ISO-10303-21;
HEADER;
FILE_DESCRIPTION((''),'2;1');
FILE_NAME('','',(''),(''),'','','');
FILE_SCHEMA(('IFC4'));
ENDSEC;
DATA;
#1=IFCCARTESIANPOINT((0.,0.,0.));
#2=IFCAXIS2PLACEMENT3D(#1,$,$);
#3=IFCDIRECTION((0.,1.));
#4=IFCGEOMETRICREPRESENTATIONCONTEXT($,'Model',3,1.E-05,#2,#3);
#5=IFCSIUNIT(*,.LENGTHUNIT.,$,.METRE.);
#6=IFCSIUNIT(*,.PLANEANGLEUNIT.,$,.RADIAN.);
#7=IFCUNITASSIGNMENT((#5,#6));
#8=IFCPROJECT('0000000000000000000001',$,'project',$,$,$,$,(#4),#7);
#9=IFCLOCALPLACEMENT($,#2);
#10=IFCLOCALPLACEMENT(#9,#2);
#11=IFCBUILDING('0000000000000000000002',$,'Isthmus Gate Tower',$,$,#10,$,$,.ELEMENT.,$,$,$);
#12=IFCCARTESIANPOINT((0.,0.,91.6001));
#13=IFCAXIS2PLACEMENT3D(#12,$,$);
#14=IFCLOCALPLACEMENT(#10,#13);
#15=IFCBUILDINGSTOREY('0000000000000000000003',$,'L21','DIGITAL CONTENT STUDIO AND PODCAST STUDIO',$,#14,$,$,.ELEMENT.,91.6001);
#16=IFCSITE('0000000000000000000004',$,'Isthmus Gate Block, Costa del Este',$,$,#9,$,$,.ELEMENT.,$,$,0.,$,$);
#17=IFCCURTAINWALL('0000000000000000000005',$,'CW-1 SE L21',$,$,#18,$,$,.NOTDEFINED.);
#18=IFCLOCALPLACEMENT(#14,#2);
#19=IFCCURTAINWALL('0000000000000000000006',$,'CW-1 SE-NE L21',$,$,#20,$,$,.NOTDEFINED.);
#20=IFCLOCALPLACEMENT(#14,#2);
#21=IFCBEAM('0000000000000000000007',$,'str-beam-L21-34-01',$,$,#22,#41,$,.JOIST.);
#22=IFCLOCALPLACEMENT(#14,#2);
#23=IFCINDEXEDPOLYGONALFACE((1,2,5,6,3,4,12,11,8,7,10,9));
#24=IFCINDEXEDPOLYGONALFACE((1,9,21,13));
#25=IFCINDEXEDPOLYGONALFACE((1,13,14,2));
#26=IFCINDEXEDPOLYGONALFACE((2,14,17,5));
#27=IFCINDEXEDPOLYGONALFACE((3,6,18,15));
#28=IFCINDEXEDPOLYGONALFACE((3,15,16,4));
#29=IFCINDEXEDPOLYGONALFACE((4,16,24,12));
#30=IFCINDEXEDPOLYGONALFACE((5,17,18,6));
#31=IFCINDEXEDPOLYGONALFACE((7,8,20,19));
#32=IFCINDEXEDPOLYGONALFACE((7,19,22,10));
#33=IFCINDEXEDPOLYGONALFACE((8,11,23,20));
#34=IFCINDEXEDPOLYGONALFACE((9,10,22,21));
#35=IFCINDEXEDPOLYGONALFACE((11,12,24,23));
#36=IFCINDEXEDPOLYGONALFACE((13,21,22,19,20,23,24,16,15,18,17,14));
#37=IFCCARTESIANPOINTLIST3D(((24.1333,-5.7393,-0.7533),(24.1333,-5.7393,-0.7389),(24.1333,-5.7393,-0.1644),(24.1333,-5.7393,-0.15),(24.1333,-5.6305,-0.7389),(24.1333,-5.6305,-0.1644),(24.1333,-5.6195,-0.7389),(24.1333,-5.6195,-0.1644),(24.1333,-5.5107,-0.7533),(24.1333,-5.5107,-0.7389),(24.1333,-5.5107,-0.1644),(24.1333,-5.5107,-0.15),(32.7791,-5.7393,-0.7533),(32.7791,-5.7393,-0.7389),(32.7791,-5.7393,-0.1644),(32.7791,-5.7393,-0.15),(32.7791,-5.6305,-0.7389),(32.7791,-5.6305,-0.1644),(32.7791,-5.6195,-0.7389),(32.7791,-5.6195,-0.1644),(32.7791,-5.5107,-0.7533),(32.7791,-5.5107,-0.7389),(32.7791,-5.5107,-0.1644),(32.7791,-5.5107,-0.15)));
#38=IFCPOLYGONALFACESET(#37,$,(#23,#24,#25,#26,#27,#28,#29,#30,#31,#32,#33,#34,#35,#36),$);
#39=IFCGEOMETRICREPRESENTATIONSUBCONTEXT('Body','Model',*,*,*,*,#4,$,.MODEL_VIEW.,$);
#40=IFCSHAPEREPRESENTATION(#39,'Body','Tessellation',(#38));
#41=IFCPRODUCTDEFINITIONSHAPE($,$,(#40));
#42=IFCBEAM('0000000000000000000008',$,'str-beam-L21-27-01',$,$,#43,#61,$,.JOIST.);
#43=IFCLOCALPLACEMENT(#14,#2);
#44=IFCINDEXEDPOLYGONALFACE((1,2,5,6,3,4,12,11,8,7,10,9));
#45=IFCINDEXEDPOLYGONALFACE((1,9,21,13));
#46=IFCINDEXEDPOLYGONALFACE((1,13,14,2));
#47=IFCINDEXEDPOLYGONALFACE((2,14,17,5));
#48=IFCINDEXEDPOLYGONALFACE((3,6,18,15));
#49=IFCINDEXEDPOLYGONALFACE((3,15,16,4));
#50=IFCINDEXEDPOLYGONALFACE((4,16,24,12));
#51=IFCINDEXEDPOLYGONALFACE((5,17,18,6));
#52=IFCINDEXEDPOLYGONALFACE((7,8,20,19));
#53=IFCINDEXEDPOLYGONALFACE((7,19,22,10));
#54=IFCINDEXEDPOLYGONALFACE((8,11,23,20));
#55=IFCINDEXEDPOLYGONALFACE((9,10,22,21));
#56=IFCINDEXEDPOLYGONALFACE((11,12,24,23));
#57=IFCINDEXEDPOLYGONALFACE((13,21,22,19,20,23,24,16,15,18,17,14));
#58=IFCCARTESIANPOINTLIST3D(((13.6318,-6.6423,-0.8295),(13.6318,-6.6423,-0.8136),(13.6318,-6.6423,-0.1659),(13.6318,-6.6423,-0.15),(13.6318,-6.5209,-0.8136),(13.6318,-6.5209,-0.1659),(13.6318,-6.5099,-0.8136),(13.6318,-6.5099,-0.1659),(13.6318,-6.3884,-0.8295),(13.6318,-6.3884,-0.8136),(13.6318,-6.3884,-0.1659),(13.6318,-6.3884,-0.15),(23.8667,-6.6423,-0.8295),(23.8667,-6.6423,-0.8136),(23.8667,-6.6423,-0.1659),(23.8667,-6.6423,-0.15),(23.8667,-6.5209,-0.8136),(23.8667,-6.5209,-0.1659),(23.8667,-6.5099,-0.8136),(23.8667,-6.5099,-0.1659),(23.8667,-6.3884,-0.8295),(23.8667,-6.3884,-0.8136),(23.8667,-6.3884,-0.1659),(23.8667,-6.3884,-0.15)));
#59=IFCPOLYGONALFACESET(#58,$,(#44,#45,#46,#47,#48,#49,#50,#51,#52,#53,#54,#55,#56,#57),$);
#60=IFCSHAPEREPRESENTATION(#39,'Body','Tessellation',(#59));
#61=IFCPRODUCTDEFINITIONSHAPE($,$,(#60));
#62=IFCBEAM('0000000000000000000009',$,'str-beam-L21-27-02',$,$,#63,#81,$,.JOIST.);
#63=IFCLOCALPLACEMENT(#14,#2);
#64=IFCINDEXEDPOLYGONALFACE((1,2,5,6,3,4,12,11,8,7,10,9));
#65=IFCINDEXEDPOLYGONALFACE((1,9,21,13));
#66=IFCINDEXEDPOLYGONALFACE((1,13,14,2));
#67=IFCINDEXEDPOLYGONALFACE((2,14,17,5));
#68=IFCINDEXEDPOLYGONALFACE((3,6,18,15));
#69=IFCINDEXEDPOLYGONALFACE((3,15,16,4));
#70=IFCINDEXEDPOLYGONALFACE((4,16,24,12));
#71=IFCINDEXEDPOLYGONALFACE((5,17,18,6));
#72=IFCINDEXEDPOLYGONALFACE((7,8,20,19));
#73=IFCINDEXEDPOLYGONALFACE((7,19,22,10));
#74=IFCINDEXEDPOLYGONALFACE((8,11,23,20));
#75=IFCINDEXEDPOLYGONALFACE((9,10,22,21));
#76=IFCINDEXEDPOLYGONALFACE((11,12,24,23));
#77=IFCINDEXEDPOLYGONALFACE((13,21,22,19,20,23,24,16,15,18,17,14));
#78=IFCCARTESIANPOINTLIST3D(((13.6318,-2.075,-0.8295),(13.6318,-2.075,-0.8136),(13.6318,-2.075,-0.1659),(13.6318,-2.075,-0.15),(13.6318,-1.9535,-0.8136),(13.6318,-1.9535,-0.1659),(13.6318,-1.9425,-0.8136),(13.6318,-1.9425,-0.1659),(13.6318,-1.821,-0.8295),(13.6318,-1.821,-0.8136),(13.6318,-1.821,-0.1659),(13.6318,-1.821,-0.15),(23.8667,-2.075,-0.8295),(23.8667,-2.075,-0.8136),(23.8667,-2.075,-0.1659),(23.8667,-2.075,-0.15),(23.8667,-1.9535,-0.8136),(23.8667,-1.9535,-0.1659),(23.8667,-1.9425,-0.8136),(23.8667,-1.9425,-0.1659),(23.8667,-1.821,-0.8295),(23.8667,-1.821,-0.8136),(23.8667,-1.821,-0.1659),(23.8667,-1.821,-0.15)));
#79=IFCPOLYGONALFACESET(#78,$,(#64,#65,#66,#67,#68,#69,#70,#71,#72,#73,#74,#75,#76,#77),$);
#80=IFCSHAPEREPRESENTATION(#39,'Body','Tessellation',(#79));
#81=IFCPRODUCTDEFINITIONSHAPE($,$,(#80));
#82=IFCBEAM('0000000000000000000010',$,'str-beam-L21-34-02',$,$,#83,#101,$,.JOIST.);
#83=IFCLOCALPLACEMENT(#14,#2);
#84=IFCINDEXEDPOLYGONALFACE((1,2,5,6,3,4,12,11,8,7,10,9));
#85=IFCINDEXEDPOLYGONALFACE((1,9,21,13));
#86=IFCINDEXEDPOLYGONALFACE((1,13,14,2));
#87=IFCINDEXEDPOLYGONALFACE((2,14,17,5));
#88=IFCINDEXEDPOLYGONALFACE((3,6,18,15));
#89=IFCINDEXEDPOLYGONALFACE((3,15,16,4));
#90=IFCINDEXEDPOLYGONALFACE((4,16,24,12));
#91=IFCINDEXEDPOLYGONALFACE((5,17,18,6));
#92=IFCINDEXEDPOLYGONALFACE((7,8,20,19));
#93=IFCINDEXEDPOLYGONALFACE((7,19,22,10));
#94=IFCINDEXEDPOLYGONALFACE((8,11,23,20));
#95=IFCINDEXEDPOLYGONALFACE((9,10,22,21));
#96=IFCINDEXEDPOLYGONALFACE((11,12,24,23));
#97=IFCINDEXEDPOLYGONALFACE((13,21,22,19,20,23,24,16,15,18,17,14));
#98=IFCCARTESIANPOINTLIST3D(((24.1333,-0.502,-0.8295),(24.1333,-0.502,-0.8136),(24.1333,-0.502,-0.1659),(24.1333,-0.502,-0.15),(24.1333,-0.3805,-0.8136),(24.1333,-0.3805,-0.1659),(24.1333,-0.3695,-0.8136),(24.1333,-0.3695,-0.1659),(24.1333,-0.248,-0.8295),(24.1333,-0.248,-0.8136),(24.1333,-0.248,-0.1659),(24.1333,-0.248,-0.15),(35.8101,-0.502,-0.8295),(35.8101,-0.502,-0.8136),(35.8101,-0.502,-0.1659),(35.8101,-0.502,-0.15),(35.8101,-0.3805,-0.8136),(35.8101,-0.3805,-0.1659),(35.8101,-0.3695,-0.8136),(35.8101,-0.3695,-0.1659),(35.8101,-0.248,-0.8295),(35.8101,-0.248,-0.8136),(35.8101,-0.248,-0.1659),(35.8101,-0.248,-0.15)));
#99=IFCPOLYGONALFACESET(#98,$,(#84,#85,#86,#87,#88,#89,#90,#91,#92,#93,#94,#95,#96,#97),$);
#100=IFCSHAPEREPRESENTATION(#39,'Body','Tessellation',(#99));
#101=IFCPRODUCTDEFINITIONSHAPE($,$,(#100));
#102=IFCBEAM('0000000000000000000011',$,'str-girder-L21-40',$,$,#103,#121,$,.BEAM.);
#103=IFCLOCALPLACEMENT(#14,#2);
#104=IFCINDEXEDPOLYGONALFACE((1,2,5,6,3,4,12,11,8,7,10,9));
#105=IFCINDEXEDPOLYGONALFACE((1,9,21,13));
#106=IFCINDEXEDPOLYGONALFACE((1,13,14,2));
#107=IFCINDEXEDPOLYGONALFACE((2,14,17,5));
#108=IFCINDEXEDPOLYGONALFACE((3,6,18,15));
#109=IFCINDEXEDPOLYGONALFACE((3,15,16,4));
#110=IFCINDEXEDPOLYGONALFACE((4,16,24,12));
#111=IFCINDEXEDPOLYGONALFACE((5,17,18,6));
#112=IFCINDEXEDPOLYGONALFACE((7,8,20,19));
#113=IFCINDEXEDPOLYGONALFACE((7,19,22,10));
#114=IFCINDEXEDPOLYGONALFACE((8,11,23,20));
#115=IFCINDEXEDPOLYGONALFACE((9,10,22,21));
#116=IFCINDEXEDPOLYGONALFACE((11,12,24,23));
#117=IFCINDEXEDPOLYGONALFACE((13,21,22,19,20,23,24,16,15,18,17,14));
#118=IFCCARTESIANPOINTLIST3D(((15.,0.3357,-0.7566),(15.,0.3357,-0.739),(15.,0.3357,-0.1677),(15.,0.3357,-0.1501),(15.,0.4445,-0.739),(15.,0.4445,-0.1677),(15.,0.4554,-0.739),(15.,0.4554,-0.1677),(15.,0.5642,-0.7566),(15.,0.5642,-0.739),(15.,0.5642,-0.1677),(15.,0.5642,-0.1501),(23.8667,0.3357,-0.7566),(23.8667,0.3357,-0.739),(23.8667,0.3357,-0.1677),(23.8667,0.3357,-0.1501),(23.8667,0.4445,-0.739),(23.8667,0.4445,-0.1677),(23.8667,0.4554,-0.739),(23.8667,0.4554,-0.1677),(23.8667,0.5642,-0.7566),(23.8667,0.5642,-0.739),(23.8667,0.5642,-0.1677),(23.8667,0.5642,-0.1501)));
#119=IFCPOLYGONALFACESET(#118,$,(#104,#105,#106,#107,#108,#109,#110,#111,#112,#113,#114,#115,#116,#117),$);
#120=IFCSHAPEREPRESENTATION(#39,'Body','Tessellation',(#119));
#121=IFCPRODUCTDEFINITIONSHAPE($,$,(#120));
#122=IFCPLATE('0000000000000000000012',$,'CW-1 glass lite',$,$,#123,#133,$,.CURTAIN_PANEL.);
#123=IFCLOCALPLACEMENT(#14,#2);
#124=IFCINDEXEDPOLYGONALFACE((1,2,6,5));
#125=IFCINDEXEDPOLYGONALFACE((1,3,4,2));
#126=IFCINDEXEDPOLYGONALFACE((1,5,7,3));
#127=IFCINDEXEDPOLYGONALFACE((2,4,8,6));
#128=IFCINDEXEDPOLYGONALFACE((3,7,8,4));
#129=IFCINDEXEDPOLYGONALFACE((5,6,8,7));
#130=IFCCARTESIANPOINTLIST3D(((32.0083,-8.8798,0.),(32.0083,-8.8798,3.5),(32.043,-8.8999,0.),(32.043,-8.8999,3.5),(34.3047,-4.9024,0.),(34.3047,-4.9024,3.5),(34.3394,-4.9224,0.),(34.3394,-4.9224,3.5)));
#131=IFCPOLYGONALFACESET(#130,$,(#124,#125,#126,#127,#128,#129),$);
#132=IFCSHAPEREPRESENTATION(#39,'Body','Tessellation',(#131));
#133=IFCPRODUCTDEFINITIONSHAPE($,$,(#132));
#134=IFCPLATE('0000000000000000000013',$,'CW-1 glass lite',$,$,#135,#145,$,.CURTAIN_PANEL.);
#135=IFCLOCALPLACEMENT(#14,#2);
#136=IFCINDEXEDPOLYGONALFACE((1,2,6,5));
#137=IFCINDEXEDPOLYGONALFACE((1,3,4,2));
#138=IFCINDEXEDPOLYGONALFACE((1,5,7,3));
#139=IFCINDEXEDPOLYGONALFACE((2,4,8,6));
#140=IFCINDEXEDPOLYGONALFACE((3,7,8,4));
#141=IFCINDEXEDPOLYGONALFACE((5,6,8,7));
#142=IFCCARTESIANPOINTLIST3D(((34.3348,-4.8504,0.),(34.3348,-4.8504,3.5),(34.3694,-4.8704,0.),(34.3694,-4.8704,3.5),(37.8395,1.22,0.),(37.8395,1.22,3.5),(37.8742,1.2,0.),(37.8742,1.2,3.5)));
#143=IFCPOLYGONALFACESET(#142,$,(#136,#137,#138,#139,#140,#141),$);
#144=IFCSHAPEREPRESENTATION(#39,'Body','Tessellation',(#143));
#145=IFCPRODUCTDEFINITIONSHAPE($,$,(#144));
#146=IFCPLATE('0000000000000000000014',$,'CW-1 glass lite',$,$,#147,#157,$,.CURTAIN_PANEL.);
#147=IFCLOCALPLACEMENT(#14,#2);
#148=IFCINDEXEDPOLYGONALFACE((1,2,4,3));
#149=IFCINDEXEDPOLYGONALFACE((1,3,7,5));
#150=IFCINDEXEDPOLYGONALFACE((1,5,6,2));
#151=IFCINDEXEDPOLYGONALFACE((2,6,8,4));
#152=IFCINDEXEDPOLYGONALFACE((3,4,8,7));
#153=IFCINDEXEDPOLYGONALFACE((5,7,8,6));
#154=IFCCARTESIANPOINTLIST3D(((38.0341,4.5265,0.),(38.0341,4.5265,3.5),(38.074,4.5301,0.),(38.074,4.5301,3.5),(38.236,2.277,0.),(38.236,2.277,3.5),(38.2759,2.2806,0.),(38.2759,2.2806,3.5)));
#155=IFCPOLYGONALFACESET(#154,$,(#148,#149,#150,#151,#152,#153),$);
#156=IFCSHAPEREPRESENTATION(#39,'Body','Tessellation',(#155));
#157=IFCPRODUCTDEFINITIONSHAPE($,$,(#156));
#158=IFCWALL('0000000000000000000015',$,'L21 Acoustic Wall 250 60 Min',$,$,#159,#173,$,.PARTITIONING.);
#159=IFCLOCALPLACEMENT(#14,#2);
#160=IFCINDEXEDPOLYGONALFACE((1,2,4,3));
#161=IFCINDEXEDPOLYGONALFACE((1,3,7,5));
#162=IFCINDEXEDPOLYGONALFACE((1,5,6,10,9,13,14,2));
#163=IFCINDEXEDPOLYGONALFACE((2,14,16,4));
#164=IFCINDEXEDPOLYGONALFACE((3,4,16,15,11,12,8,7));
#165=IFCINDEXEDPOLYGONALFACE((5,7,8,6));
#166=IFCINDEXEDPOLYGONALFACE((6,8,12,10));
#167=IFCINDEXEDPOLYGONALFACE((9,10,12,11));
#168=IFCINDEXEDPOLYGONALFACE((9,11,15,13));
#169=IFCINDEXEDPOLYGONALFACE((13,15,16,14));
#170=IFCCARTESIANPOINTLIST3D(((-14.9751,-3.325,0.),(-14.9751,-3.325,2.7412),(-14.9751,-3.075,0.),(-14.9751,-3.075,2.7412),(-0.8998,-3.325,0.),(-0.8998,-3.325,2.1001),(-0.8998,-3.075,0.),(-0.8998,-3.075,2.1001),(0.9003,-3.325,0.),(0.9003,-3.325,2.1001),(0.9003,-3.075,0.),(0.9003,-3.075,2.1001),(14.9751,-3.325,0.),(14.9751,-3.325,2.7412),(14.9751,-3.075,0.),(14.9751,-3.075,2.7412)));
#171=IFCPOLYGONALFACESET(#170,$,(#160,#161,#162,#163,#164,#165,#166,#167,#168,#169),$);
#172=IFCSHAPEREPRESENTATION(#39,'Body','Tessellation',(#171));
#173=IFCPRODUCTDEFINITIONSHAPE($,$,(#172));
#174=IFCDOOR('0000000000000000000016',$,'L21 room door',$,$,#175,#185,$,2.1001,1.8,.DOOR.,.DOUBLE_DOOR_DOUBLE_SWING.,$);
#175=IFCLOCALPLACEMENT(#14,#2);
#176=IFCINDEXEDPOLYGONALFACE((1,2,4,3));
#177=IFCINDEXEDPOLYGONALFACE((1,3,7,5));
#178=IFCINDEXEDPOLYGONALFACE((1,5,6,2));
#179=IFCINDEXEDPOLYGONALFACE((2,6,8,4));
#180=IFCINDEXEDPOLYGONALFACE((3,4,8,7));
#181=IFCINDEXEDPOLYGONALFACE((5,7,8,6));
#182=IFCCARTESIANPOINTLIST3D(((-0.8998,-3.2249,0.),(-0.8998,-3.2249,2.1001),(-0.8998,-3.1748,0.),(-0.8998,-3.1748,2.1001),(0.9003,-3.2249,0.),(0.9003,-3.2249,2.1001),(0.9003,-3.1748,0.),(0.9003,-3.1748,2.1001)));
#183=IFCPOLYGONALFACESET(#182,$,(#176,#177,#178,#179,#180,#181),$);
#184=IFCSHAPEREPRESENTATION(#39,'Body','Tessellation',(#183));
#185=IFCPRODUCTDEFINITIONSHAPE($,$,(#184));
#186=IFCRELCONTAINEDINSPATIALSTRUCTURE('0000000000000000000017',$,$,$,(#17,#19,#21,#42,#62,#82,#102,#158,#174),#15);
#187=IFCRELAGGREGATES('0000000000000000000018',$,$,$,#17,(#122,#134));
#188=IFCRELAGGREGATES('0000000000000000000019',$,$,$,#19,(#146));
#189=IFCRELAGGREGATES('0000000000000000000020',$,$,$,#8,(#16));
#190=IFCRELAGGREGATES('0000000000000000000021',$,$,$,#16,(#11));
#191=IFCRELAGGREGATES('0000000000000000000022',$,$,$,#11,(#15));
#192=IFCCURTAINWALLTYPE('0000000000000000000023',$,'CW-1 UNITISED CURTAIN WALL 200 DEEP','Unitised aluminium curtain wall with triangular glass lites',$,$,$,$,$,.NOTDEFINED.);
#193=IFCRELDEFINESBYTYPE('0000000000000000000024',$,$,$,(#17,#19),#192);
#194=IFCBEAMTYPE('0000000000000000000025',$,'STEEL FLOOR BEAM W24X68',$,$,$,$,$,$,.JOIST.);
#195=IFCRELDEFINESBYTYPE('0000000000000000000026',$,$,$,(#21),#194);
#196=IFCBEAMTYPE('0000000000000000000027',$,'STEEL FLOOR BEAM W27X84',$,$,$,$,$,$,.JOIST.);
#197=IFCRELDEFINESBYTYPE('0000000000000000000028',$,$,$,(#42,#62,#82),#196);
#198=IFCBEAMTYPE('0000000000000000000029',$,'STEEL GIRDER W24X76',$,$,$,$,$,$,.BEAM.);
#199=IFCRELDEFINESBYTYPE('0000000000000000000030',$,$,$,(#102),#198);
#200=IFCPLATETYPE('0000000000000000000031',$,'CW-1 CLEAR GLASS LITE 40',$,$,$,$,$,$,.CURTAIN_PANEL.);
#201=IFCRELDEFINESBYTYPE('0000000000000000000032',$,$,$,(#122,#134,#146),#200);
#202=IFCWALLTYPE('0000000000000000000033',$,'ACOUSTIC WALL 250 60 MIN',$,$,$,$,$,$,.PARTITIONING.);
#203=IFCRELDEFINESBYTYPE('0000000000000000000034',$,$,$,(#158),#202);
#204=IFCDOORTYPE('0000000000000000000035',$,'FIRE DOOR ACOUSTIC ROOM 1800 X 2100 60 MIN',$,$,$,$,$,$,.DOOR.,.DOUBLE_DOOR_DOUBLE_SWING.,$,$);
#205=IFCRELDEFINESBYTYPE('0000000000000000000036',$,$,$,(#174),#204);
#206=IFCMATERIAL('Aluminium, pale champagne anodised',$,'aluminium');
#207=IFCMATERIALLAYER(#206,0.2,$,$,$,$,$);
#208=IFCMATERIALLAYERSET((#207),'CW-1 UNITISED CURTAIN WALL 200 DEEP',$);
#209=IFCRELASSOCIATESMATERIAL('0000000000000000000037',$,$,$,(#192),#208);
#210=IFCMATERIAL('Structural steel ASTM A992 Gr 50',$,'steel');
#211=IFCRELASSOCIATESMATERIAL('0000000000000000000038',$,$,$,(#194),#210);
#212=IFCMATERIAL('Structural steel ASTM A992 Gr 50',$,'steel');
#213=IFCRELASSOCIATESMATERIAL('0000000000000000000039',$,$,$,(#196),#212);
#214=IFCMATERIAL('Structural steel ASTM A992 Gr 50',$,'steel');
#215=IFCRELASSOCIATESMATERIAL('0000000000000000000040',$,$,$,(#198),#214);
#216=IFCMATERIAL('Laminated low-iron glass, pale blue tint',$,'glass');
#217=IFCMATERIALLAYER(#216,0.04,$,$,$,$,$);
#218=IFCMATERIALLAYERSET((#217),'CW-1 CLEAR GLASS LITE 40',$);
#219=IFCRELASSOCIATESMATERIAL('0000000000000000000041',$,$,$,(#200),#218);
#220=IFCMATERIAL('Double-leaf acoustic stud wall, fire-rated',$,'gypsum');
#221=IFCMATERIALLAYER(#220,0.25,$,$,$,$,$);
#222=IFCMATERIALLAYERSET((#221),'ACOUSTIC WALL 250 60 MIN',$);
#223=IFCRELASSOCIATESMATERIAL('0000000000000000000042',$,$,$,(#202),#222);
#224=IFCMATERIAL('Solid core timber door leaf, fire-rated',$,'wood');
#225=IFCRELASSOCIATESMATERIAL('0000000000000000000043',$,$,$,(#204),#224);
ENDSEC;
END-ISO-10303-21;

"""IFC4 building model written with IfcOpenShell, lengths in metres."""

from ifc_helpers import new_model, si_unit, direction, frame, frame_2d, origin, origin_2d, place, context, subcontext, project, spatial, rectangle, i_section, extrude, material, layer, layer_set, material_profile, profile_set, type_object, element, fill, aggregate, save


model = new_model("IFC4")

# Units and contexts
model_context = context("Model", 3, precision=1e-05, world=origin(), true_north=direction((0.0, 1.0)))
body_context = subcontext(model_context, "Body", "Model", "MODEL_VIEW")
ifc_project = project(units=[si_unit("LENGTHUNIT", "METRE"), si_unit("PLANEANGLEUNIT", "RADIAN")], contexts=[model_context])

# Site, building, storey
site_placement = place(None, origin())
site = spatial("IfcSite", under=ifc_project, at=site_placement, Name="Isthmus Gate Block, Costa del Este", CompositionType="ELEMENT", RefElevation=0.0)
building_placement = place(site_placement, origin())
building = spatial("IfcBuilding", under=site, at=building_placement, Name="Isthmus Gate Tower", CompositionType="ELEMENT")
storey_placement = place(building_placement, frame((0.0, 0.0, 91.6001)))
storey = spatial("IfcBuildingStorey", under=building, at=storey_placement, Name="L21", Description="DIGITAL CONTENT STUDIO AND PODCAST STUDIO", CompositionType="ELEMENT", Elevation=91.6001)

# Curtain walls
ifc_material_1 = material(Name="Aluminium, pale champagne anodised", Category="aluminium")
ifc_layer_1 = layer(ifc_material_1, 0.2)
ifc_layer_set_1 = layer_set([ifc_layer_1], Name="CW-1 UNITISED CURTAIN WALL 200 DEEP")
curtain_wall_type = type_object("IfcCurtainWallType", Name="CW-1 UNITISED CURTAIN WALL 200 DEEP", Description="Unitised aluminium curtain wall with triangular glass lites", PredefinedType="NOTDEFINED", material=ifc_layer_set_1)
curtain_wall_1_placement = place(storey_placement, origin())
curtain_wall_1 = element("IfcCurtainWall", 1, at=curtain_wall_1_placement, inside=storey, type_object=curtain_wall_type, Name="CW-1 SE L21", PredefinedType="NOTDEFINED")
curtain_wall_2_placement = place(storey_placement, origin())
curtain_wall_2 = element("IfcCurtainWall", 2, at=curtain_wall_2_placement, inside=storey, type_object=curtain_wall_type, Name="CW-1 SE-NE L21", PredefinedType="NOTDEFINED")

# Beams
ifc_material_2 = material(Name="Structural steel ASTM A992 Gr 50", Category="steel")
ifc_material_profile_1 = material_profile(ifc_material_2, i_section(OverallWidth=0.2285, OverallDepth=0.6033, WebThickness=0.011, FlangeThickness=0.0144, at=origin_2d()), Name="W24X68")
ifc_profile_set_1 = profile_set([ifc_material_profile_1], Name="Structural steel ASTM A992 Gr 50")
beam_type_1 = type_object("IfcBeamType", Name="STEEL FLOOR BEAM W24X68", PredefinedType="JOIST", material=ifc_profile_set_1)
beam_1_placement = place(storey_placement, frame((24.1333, -5.625, -0.4517), z_axis=(1.0, 0.0, 0.0), x_axis=(0.0, 1.0, 0.0)))
element("IfcBeam", 3, at=beam_1_placement, inside=storey, type_object=beam_type_1, Name="str-beam-L21-34-01", PredefinedType="JOIST", context=body_context, shape_type="SweptSolid", body=[
    extrude(i_section(OverallWidth=0.2285, OverallDepth=0.6033, WebThickness=0.011, FlangeThickness=0.0144, at=origin_2d()), origin(), (0.0, 0.0, 1.0), 8.6458),
])
ifc_material_3 = material(Name="Structural steel ASTM A992 Gr 50", Category="steel")
ifc_material_profile_2 = material_profile(ifc_material_3, i_section(OverallWidth=0.2539, OverallDepth=0.6794, WebThickness=0.011, FlangeThickness=0.0159, at=origin_2d()), Name="W27X84")
ifc_profile_set_2 = profile_set([ifc_material_profile_2], Name="Structural steel ASTM A992 Gr 50")
beam_type_2 = type_object("IfcBeamType", Name="STEEL FLOOR BEAM W27X84", PredefinedType="JOIST", material=ifc_profile_set_2)
for number, where, z_axis, x_axis, name in (
    (4, (13.6318, -6.5154, -0.4897), (1.0, 0.0, 0.0), (0.0, 1.0, 0.0), "str-beam-L21-27-01"),
    (5, (13.6318, -1.948, -0.4897), (1.0, 0.0, 0.0), (0.0, 1.0, 0.0), "str-beam-L21-27-02"),
):
    element("IfcBeam", number, at=place(storey_placement, frame(where, z_axis=z_axis, x_axis=x_axis)), inside=storey, type_object=beam_type_2, Name=name, PredefinedType="JOIST", context=body_context, shape_type="SweptSolid", body=[
        extrude(i_section(OverallWidth=0.2539, OverallDepth=0.6794, WebThickness=0.011, FlangeThickness=0.0159, at=origin_2d()), origin(), (0.0, 0.0, 1.0), 10.2349),
    ])
beam_2_placement = place(storey_placement, frame((24.1333, -0.375, -0.4897), z_axis=(1.0, 0.0, 0.0), x_axis=(0.0, 1.0, 0.0)))
element("IfcBeam", 6, at=beam_2_placement, inside=storey, type_object=beam_type_2, Name="str-beam-L21-34-02", PredefinedType="JOIST", context=body_context, shape_type="SweptSolid", body=[
    extrude(i_section(OverallWidth=0.2539, OverallDepth=0.6794, WebThickness=0.011, FlangeThickness=0.0159, at=origin_2d()), origin(), (0.0, 0.0, 1.0), 11.6768),
])
ifc_material_4 = material(Name="Structural steel ASTM A992 Gr 50", Category="steel")
ifc_material_profile_3 = material_profile(ifc_material_4, i_section(OverallWidth=0.2285, OverallDepth=0.6064, WebThickness=0.011, FlangeThickness=0.0176, at=origin_2d()), Name="W24X76")
ifc_profile_set_3 = profile_set([ifc_material_profile_3], Name="Structural steel ASTM A992 Gr 50")
beam_type_3 = type_object("IfcBeamType", Name="STEEL GIRDER W24X76", PredefinedType="BEAM", material=ifc_profile_set_3)
beam_3_placement = place(storey_placement, frame((15.0, 0.45, -0.4534), z_axis=(1.0, 0.0, 0.0), x_axis=(0.0, 1.0, 0.0)))
element("IfcBeam", 7, at=beam_3_placement, inside=storey, type_object=beam_type_3, Name="str-girder-L21-40", PredefinedType="BEAM", context=body_context, shape_type="SweptSolid", body=[
    extrude(i_section(OverallWidth=0.2285, OverallDepth=0.6064, WebThickness=0.011, FlangeThickness=0.0176, at=origin_2d()), origin(), (0.0, 0.0, 1.0), 8.8667),
])

# Plates
ifc_material_5 = material(Name="Laminated low-iron glass, pale blue tint", Category="glass")
ifc_layer_2 = layer(ifc_material_5, 0.04)
ifc_layer_set_2 = layer_set([ifc_layer_2], Name="CW-1 CLEAR GLASS LITE 40")
plate_type = type_object("IfcPlateType", Name="CW-1 CLEAR GLASS LITE 40", PredefinedType="CURTAIN_PANEL", material=ifc_layer_set_2)
plate_1_placement = place(storey_placement, frame((33.1738, -6.9011, 0.0), z_axis=(0.0, 0.0, 1.0), x_axis=(0.5, 0.866025, 0.0)))
plate_1 = element("IfcPlate", 8, at=plate_1_placement, type_object=plate_type, Name="CW-1 glass lite", PredefinedType="CURTAIN_PANEL", context=body_context, shape_type="SweptSolid", body=[
    extrude(rectangle(XDim=4.5928, YDim=0.04, at=origin_2d()), origin(), (0.0, 0.0, 1.0), 3.5),
])
plate_2_placement = place(storey_placement, frame((36.1045, -1.8252, 0.0), z_axis=(0.0, 0.0, 1.0), x_axis=(0.5, 0.866025, 0.0)))
plate_2 = element("IfcPlate", 9, at=plate_2_placement, type_object=plate_type, Name="CW-1 glass lite", PredefinedType="CURTAIN_PANEL", context=body_context, shape_type="SweptSolid", body=[
    extrude(rectangle(XDim=7.0095, YDim=0.04, at=origin_2d()), origin(), (0.0, 0.0, 1.0), 3.5),
])
aggregate(curtain_wall_1, [plate_1, plate_2])
plate_3_placement = place(storey_placement, frame((38.155, 3.4036, 0.0), z_axis=(0.0, 0.0, 1.0), x_axis=(-0.089397, 0.995996, 0.0)))
plate_3 = element("IfcPlate", 10, at=plate_3_placement, type_object=plate_type, Name="CW-1 glass lite", PredefinedType="CURTAIN_PANEL", context=body_context, shape_type="SweptSolid", body=[
    extrude(rectangle(XDim=2.2585, YDim=0.04, at=origin_2d()), origin(), (0.0, 0.0, 1.0), 3.5),
])
aggregate(curtain_wall_2, [plate_3])

# Wall, opening, door
ifc_material_6 = material(Name="Double-leaf acoustic stud wall, fire-rated", Category="gypsum")
ifc_layer_3 = layer(ifc_material_6, 0.25)
ifc_layer_set_3 = layer_set([ifc_layer_3], Name="ACOUSTIC WALL 250 60 MIN")
wall_type_1 = type_object("IfcWallType", Name="ACOUSTIC WALL 250 60 MIN", PredefinedType="PARTITIONING", material=ifc_layer_set_3)
wall_1_placement = place(storey_placement, frame((14.9751, -3.2, 0.0), z_axis=(0.0, 0.0, 1.0), x_axis=(-1.0, 0.0, 0.0)))
wall_1 = element("IfcWall", 11, at=wall_1_placement, inside=storey, type_object=wall_type_1, Name="L21 Acoustic Wall 250 60 Min", PredefinedType="PARTITIONING", context=body_context, shape_type="SweptSolid", body=[
    extrude(rectangle(XDim=29.9502, YDim=0.25, at=frame_2d((14.9751, 0.0))), origin(), (0.0, 0.0, 1.0), 2.7412),
])
opening_1_placement = place(wall_1_placement, frame((14.075, 0.0, 0.0)))
opening_1 = element("IfcOpeningElement", 12, at=opening_1_placement, cuts=wall_1, PredefinedType="OPENING", context=body_context, shape_type="SweptSolid", body=[
    extrude(rectangle(XDim=1.8, YDim=2.1001, at=frame_2d((0.8999, 1.05))), frame((0.0, 0.135, 0.0), z_axis=(0.0, -1.0, 0.0), x_axis=(1.0, 0.0, 0.0)), (0.0, 0.0, 1.0), 0.27),
])
ifc_material_7 = material(Name="Solid core timber door leaf, fire-rated", Category="wood")
door_type = type_object("IfcDoorType", Name="FIRE DOOR ACOUSTIC ROOM 1800 X 2100 60 MIN", OperationType="DOUBLE_DOOR_DOUBLE_SWING", PredefinedType="DOOR", material=ifc_material_7)
door_1_placement = place(opening_1_placement, origin())
door_1 = element("IfcDoor", 13, at=door_1_placement, inside=storey, type_object=door_type, Name="L21 room door", OperationType="DOUBLE_DOOR_DOUBLE_SWING", OverallHeight=2.1001, OverallWidth=1.8, PredefinedType="DOOR", context=body_context, shape_type="SweptSolid", body=[
    extrude(rectangle(XDim=1.8, YDim=2.1001, at=frame_2d((0.8999, 1.05))), frame((0.0, 0.0249, 0.0), z_axis=(0.0, -1.0, 0.0), x_axis=(1.0, 0.0, 0.0)), (0.0, 0.0, 1.0), 0.05),
])
fill(opening_1, door_1)

save(model, "model.ifc")
